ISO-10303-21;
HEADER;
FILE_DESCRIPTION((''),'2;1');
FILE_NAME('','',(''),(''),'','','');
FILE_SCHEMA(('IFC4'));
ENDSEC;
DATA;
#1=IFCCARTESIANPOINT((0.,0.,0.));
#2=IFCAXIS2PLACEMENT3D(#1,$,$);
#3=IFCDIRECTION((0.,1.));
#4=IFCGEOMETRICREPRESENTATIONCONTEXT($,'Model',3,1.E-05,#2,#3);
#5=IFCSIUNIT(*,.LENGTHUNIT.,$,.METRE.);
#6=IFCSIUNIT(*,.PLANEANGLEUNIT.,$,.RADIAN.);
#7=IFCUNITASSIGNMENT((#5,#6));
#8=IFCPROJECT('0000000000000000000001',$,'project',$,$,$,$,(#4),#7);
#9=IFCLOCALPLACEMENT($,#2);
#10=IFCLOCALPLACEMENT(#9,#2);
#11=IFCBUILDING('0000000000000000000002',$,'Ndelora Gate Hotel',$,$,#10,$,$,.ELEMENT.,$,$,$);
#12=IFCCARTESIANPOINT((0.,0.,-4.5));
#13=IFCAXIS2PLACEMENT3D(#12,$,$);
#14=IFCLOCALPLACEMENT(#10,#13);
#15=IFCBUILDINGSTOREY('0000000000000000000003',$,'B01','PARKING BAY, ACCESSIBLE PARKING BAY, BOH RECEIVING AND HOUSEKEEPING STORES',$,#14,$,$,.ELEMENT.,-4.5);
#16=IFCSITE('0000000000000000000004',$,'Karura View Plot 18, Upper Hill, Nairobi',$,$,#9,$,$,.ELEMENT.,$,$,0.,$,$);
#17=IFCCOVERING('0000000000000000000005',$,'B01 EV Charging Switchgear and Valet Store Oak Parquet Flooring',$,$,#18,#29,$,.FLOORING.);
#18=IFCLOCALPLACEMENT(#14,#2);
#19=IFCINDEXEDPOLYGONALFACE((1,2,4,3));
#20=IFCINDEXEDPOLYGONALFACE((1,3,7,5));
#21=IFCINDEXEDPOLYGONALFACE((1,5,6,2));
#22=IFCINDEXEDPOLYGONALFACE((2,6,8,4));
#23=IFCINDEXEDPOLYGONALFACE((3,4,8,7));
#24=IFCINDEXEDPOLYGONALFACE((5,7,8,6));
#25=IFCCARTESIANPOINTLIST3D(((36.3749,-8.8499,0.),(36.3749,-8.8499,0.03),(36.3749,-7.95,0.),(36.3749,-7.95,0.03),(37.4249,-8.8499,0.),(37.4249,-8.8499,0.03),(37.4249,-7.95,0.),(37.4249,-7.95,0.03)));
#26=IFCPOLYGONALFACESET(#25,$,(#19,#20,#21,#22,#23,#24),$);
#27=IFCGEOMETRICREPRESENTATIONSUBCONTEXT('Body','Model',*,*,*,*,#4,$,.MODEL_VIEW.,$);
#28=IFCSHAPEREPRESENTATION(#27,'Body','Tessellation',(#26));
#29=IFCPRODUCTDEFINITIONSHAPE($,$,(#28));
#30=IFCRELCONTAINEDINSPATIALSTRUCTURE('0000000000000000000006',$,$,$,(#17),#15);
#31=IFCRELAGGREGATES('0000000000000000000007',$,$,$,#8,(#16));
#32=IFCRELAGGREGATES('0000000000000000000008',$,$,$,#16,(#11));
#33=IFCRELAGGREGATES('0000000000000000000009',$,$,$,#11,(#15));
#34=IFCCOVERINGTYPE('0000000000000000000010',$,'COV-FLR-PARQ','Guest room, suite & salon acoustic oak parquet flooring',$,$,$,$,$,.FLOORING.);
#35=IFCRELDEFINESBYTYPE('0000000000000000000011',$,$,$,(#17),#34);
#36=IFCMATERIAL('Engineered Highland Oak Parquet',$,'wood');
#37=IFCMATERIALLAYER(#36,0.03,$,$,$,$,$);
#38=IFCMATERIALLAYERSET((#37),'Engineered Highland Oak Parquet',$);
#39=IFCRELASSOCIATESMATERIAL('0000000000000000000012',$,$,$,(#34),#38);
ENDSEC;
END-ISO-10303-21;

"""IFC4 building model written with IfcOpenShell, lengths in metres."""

from ifc_helpers import new_model, si_unit, direction, frame, origin, origin_2d, place, context, subcontext, project, spatial, rectangle, extrude, material, layer, layer_set, type_object, element, save


model = new_model("IFC4")

# Units and contexts
model_context = context("Model", 3, precision=1e-05, world=origin(), true_north=direction((0.0, 1.0)))
body_context = subcontext(model_context, "Body", "Model", "MODEL_VIEW")
ifc_project = project(units=[si_unit("LENGTHUNIT", "METRE"), si_unit("PLANEANGLEUNIT", "RADIAN")], contexts=[model_context])

# Site, building, storey
site_placement = place(None, origin())
site = spatial("IfcSite", under=ifc_project, at=site_placement, Name="Karura View Plot 18, Upper Hill, Nairobi", CompositionType="ELEMENT", RefElevation=0.0)
building_placement = place(site_placement, origin())
building = spatial("IfcBuilding", under=site, at=building_placement, Name="Ndelora Gate Hotel", CompositionType="ELEMENT")
storey_placement = place(building_placement, frame((0.0, 0.0, -4.5)))
storey = spatial("IfcBuildingStorey", under=building, at=storey_placement, Name="B01", Description="PARKING BAY, ACCESSIBLE PARKING BAY, BOH RECEIVING AND HOUSEKEEPING STORES", CompositionType="ELEMENT", Elevation=-4.5)

# Covering
ifc_material_1 = material(Name="Engineered Highland Oak Parquet", Category="wood")
ifc_layer_1 = layer(ifc_material_1, 0.03)
ifc_layer_set_1 = layer_set([ifc_layer_1], Name="Engineered Highland Oak Parquet")
covering_type = type_object("IfcCoveringType", Name="COV-FLR-PARQ", Description="Guest room, suite & salon acoustic oak parquet flooring", PredefinedType="FLOORING", material=ifc_layer_set_1)
covering_placement = place(storey_placement, frame((36.8999, -8.3999, 0.0), z_axis=(0.0, 0.0, 1.0), x_axis=(1.0, 0.0, 0.0)))
element("IfcCovering", 1, at=covering_placement, inside=storey, type_object=covering_type, Name="B01 EV Charging Switchgear and Valet Store Oak Parquet Flooring", PredefinedType="FLOORING", context=body_context, shape_type="SweptSolid", body=[
    extrude(rectangle(XDim=1.05, YDim=0.8999, at=origin_2d()), origin(), (0.0, 0.0, 1.0), 0.03),
])

save(model, "model.ifc")
